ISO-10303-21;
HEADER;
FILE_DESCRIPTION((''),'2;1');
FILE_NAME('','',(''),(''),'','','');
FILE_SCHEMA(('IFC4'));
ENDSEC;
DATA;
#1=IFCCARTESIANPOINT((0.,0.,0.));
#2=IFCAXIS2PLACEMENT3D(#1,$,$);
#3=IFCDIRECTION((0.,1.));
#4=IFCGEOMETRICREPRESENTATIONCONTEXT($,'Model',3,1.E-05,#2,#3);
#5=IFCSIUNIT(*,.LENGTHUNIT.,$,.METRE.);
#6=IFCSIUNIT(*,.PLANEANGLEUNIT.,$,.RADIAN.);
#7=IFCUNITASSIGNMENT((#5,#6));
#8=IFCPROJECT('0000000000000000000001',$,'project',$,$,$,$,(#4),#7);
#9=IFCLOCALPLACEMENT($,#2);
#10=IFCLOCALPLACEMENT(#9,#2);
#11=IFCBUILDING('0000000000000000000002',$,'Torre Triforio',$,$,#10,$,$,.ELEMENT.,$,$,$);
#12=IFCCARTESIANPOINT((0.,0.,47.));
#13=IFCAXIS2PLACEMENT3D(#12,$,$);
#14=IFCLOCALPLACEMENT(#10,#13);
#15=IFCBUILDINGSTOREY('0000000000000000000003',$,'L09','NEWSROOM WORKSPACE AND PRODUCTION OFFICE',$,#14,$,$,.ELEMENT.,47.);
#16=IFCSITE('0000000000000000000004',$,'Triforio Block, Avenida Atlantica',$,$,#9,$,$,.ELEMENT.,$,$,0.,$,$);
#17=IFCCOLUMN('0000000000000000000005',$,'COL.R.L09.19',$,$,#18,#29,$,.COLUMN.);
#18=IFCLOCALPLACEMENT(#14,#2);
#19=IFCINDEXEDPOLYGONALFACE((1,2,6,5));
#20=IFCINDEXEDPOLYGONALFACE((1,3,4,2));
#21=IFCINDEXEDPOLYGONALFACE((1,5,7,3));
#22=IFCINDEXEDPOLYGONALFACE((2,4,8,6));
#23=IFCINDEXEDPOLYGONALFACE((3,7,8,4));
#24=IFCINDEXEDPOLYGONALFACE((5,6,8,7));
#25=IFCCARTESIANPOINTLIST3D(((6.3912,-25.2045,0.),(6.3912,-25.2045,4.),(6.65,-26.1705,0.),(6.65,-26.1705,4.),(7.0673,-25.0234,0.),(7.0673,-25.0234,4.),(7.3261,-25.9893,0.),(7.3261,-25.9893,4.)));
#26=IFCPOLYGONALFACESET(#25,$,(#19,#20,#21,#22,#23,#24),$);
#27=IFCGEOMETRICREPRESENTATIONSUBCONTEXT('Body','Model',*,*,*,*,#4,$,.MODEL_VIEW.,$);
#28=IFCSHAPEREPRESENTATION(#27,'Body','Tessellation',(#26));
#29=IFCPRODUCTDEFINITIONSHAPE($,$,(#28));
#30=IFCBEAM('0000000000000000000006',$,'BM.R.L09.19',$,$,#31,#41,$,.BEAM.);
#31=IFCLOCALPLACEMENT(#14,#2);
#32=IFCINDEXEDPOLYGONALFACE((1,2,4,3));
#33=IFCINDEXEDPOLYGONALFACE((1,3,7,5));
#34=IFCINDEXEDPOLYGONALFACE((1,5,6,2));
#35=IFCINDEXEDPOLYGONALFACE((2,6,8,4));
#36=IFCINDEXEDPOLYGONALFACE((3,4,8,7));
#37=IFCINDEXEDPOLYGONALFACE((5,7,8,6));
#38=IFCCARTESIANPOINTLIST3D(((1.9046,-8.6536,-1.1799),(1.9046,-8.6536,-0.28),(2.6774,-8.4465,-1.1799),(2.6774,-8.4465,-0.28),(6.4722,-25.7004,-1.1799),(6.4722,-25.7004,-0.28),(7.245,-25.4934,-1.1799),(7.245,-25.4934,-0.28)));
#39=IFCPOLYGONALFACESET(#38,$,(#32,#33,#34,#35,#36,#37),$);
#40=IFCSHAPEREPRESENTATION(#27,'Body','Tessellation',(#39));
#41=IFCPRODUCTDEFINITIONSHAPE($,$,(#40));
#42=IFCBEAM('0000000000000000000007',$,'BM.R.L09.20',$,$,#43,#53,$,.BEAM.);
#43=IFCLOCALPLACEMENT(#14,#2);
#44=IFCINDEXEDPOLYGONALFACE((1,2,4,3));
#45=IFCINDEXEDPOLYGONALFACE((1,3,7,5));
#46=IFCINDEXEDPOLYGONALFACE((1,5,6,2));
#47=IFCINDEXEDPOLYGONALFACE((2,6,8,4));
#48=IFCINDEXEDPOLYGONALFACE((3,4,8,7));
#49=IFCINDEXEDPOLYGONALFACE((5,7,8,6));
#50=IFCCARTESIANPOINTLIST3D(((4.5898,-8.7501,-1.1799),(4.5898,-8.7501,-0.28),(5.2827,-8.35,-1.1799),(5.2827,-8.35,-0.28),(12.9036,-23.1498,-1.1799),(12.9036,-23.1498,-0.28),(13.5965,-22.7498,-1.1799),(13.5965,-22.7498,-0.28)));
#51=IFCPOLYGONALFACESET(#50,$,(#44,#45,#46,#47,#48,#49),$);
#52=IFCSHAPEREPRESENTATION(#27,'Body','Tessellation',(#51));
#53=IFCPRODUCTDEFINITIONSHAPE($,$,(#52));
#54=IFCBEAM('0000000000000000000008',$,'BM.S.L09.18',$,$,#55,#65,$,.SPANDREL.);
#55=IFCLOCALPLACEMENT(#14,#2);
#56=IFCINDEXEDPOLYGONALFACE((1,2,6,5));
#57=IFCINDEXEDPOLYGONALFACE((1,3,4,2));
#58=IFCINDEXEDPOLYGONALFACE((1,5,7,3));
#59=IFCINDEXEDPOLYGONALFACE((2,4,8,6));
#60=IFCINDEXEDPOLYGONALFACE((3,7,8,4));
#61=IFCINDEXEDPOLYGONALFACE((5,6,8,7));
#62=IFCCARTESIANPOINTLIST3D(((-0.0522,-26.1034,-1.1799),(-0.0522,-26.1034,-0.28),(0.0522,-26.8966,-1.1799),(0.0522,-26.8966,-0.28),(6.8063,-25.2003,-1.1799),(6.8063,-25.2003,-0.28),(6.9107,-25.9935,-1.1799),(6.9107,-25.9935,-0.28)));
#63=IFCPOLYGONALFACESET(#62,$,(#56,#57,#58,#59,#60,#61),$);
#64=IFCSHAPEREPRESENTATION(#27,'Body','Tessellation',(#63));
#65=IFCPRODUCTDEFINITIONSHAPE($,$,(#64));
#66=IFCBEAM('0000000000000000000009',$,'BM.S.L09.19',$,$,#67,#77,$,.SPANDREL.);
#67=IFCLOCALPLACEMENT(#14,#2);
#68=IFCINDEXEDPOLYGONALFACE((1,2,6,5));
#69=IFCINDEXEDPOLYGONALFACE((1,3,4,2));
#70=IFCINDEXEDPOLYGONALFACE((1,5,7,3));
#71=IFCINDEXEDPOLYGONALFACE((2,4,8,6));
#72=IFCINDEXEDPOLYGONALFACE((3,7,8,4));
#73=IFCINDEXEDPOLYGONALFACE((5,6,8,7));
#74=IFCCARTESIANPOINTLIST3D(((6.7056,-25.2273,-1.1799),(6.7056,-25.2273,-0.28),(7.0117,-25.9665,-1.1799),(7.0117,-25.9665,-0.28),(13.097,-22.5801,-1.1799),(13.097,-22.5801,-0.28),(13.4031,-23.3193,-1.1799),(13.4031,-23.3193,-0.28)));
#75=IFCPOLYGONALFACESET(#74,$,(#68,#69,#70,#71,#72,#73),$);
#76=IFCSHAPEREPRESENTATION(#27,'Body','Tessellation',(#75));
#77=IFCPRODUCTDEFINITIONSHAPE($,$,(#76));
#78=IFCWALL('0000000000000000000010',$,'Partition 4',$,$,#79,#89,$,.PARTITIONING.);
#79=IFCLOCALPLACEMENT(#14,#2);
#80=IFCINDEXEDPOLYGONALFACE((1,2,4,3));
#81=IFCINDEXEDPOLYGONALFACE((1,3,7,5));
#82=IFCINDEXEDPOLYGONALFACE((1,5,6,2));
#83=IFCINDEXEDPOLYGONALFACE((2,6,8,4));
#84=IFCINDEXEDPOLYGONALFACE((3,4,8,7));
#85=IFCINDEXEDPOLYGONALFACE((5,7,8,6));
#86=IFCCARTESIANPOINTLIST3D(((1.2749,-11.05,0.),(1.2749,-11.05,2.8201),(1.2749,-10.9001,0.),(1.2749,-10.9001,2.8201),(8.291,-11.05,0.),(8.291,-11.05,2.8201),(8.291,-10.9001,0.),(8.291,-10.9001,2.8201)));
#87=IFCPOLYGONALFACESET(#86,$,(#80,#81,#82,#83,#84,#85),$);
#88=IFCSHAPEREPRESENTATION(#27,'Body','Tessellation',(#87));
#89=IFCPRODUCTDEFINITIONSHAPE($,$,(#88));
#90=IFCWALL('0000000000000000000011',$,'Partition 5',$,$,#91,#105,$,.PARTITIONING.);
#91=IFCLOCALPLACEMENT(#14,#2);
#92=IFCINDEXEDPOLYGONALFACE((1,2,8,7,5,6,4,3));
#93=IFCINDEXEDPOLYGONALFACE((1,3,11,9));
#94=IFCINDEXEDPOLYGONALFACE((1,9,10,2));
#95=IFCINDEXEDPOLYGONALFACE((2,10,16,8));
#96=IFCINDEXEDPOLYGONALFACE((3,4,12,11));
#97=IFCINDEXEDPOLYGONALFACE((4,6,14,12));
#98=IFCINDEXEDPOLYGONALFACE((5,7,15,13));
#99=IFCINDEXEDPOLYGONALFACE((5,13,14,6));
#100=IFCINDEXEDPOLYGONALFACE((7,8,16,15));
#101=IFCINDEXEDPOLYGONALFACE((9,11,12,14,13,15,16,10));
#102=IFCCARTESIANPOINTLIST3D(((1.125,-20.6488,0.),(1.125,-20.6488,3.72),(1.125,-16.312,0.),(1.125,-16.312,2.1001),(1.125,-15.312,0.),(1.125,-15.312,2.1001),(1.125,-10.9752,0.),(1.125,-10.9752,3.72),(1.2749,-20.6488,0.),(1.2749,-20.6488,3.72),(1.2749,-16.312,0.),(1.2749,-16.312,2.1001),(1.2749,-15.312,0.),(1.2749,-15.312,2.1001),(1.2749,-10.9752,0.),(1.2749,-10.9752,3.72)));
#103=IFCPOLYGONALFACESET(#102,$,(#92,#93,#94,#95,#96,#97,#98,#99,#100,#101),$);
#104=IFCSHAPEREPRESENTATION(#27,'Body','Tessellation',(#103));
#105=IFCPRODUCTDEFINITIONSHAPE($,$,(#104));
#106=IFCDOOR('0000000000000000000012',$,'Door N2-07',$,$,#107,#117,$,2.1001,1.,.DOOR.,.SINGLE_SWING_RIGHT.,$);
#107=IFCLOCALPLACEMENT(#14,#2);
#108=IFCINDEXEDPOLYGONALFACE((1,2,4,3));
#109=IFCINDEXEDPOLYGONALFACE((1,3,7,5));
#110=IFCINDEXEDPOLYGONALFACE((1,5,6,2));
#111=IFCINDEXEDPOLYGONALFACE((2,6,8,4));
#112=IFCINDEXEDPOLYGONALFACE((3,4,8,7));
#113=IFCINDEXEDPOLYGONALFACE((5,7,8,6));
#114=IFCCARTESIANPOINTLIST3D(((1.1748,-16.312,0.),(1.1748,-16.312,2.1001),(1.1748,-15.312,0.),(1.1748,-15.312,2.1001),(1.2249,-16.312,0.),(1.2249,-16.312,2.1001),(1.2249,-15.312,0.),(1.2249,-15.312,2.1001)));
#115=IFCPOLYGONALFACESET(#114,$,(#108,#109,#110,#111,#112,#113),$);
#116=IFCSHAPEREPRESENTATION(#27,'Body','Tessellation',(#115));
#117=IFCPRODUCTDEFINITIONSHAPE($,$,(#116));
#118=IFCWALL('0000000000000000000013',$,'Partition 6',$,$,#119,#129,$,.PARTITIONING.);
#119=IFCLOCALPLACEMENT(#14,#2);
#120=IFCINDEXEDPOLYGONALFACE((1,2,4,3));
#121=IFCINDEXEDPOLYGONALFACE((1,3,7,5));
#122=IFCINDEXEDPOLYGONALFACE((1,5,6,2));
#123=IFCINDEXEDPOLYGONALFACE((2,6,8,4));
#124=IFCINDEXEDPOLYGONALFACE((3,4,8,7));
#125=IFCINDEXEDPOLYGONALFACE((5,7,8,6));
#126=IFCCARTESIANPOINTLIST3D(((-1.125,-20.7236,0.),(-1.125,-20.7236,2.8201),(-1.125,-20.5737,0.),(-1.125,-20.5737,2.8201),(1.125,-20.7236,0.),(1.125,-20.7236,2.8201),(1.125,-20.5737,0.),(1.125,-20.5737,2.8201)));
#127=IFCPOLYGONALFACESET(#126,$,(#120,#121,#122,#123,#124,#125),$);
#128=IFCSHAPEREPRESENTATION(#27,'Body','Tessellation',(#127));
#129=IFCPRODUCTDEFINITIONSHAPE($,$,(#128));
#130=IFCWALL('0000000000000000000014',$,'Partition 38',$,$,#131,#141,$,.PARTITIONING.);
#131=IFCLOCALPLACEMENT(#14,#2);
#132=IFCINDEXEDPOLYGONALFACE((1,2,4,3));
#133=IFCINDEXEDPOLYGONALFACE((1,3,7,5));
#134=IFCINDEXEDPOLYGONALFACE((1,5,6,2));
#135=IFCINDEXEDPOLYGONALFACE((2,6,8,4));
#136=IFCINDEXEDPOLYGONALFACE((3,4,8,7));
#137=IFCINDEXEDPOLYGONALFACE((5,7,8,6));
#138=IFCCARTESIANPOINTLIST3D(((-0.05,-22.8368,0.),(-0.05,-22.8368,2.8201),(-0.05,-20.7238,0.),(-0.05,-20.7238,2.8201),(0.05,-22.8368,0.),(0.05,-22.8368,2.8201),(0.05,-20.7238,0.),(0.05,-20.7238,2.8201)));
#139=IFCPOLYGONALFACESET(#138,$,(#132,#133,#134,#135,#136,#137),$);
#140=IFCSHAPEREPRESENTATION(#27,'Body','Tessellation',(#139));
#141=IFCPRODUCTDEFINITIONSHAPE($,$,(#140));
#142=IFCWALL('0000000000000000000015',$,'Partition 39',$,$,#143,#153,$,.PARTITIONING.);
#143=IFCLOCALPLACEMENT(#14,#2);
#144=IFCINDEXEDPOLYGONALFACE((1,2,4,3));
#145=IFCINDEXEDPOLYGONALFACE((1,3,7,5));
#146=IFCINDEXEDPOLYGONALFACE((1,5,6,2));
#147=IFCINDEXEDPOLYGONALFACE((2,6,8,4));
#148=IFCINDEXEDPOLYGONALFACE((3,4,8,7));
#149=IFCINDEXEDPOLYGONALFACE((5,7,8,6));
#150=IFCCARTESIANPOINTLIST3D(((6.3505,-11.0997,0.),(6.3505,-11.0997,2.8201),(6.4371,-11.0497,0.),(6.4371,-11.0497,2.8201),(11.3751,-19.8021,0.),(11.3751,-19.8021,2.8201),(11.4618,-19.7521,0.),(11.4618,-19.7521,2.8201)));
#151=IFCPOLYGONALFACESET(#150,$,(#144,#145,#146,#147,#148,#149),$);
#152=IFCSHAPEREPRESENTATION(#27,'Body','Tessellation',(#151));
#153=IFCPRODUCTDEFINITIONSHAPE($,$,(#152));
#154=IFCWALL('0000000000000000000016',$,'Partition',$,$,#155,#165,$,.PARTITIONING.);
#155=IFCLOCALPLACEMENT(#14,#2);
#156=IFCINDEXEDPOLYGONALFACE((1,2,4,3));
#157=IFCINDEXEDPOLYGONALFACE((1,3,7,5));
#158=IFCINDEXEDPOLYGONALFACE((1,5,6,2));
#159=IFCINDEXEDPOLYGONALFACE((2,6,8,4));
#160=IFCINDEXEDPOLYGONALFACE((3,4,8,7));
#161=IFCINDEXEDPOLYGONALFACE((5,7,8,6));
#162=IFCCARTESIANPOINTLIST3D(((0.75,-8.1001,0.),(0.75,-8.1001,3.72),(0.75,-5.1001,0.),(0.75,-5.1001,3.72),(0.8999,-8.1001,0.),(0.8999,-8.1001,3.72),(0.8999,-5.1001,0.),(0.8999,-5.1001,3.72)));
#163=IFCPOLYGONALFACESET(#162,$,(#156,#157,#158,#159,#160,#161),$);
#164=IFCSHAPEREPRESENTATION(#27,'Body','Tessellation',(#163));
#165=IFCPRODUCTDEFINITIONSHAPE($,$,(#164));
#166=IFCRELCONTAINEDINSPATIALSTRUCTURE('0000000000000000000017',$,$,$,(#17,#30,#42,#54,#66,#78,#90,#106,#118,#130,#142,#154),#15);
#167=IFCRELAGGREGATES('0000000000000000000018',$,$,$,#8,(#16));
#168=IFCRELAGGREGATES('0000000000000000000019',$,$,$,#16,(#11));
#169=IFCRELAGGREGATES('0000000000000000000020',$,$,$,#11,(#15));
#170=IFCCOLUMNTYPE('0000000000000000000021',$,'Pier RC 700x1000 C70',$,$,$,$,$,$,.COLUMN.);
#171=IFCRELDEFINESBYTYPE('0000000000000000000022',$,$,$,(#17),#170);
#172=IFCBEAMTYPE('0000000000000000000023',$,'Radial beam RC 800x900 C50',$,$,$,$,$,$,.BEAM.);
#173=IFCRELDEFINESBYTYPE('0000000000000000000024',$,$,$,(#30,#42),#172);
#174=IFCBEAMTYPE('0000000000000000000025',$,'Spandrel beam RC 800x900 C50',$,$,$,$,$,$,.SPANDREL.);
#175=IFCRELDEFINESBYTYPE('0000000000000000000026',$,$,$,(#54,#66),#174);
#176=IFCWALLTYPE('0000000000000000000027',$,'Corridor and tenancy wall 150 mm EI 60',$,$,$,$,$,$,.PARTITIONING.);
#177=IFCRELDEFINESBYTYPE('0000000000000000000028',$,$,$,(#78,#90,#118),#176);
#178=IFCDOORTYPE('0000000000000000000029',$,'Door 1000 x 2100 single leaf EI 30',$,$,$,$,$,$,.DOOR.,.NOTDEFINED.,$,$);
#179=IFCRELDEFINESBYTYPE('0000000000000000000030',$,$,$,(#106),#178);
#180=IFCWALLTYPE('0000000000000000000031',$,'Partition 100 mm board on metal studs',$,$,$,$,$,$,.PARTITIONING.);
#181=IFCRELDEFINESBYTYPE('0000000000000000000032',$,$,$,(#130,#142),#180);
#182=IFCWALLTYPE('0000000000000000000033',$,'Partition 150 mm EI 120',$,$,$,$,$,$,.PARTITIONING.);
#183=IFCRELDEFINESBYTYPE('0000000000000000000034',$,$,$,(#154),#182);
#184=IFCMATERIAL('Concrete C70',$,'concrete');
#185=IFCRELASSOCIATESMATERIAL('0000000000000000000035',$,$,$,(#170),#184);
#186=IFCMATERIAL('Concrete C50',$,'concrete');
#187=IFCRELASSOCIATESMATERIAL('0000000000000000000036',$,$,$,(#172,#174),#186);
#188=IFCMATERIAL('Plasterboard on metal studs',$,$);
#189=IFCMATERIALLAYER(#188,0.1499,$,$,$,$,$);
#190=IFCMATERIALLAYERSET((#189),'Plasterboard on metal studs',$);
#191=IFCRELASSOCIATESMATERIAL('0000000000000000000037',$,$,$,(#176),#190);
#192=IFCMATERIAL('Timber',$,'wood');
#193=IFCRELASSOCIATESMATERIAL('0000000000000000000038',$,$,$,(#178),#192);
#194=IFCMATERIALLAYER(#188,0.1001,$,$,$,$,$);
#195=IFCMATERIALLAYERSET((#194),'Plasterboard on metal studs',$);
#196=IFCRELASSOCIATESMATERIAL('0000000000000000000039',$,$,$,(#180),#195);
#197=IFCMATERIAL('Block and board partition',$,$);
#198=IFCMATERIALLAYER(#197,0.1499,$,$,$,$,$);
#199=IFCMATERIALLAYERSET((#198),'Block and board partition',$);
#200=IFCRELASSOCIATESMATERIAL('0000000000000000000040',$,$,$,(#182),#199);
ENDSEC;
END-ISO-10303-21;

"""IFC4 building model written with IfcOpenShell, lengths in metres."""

from ifc_helpers import new_model, si_unit, direction, frame, frame_2d, origin, origin_2d, place, context, subcontext, project, spatial, rectangle, extrude, material, layer, layer_set, material_profile, profile_set, type_object, element, fill, save


model = new_model("IFC4")

# Units and contexts
model_context = context("Model", 3, precision=1e-05, world=origin(), true_north=direction((0.0, 1.0)))
body_context = subcontext(model_context, "Body", "Model", "MODEL_VIEW")
ifc_project = project(units=[si_unit("LENGTHUNIT", "METRE"), si_unit("PLANEANGLEUNIT", "RADIAN")], contexts=[model_context])

# Site, building, storey
site_placement = place(None, origin())
site = spatial("IfcSite", under=ifc_project, at=site_placement, Name="Triforio Block, Avenida Atlantica", CompositionType="ELEMENT", RefElevation=0.0)
building_placement = place(site_placement, origin())
building = spatial("IfcBuilding", under=site, at=building_placement, Name="Torre Triforio", CompositionType="ELEMENT")
storey_placement = place(building_placement, frame((0.0, 0.0, 47.0)))
storey = spatial("IfcBuildingStorey", under=building, at=storey_placement, Name="L09", Description="NEWSROOM WORKSPACE AND PRODUCTION OFFICE", CompositionType="ELEMENT", Elevation=47.0)

# Column
ifc_material_1 = material(Name="Concrete C70", Category="concrete")
ifc_material_profile_1 = material_profile(ifc_material_1, rectangle(XDim=0.7, YDim=1.0, at=origin_2d()), Name="RC 700x1000")
ifc_profile_set_1 = profile_set([ifc_material_profile_1], Name="Concrete C70")
column_type = type_object("IfcColumnType", Name="Pier RC 700x1000 C70", PredefinedType="COLUMN", material=ifc_profile_set_1)
column_placement = place(storey_placement, frame((6.8586, -25.5969, 0.0), z_axis=(0.0, 0.0, 1.0), x_axis=(0.965926, 0.258819, 0.0)))
element("IfcColumn", 1, at=column_placement, inside=storey, type_object=column_type, Name="COL.R.L09.19", PredefinedType="COLUMN", context=body_context, shape_type="SweptSolid", body=[
    extrude(rectangle(XDim=0.7, YDim=1.0, at=origin_2d()), origin(), (0.0, 0.0, 1.0), 4.0),
])

# Beams
ifc_material_2 = material(Name="Concrete C50", Category="concrete")
ifc_material_profile_2 = material_profile(ifc_material_2, rectangle(XDim=0.8, YDim=0.8999, at=origin_2d()), Name="RC 800x900")
ifc_profile_set_2 = profile_set([ifc_material_profile_2], Name="Concrete C50")
beam_type_1 = type_object("IfcBeamType", Name="Radial beam RC 800x900 C50", PredefinedType="BEAM", material=ifc_profile_set_2)
beam_1_placement = place(storey_placement, frame((2.291, -8.55, -0.73), z_axis=(0.258815, -0.965927, 0.0), x_axis=(0.965927, 0.258815, 0.0)))
element("IfcBeam", 2, at=beam_1_placement, inside=storey, type_object=beam_type_1, Name="BM.R.L09.19", PredefinedType="BEAM", context=body_context, shape_type="SweptSolid", body=[
    extrude(rectangle(XDim=0.8, YDim=0.8999, at=origin_2d()), origin(), (0.0, 0.0, 1.0), 17.6482),
])
beam_2_placement = place(storey_placement, frame((4.9363, -8.55, -0.73), z_axis=(0.500003, -0.866023, 0.0), x_axis=(0.866023, 0.500003, 0.0)))
element("IfcBeam", 3, at=beam_2_placement, inside=storey, type_object=beam_type_1, Name="BM.R.L09.20", PredefinedType="BEAM", context=body_context, shape_type="SweptSolid", body=[
    extrude(rectangle(XDim=0.8, YDim=0.8999, at=origin_2d()), origin(), (0.0, 0.0, 1.0), 16.6274),
])
ifc_material_profile_3 = material_profile(ifc_material_2, rectangle(XDim=0.8, YDim=0.8999, at=origin_2d()), Name="RC 800x900")
ifc_profile_set_3 = profile_set([ifc_material_profile_3], Name="Concrete C50")
beam_type_2 = type_object("IfcBeamType", Name="Spandrel beam RC 800x900 C50", PredefinedType="SPANDREL", material=ifc_profile_set_3)
beam_3_placement = place(storey_placement, frame((0.0, -26.5, -0.73), z_axis=(0.991443, 0.130543, 0.0), x_axis=(-0.130543, 0.991443, 0.0)))
element("IfcBeam", 4, at=beam_3_placement, inside=storey, type_object=beam_type_2, Name="BM.S.L09.18", PredefinedType="SPANDREL", context=body_context, shape_type="SweptSolid", body=[
    extrude(rectangle(XDim=0.8, YDim=0.8999, at=origin_2d()), origin(), (0.0, 0.0, 1.0), 6.9177),
])
beam_4_placement = place(storey_placement, frame((6.8586, -25.5969, -0.73), z_axis=(0.923888, 0.382662, 0.0), x_axis=(-0.382662, 0.923888, 0.0)))
element("IfcBeam", 5, at=beam_4_placement, inside=storey, type_object=beam_type_2, Name="BM.S.L09.19", PredefinedType="SPANDREL", context=body_context, shape_type="SweptSolid", body=[
    extrude(rectangle(XDim=0.8, YDim=0.8999, at=origin_2d()), origin(), (0.0, 0.0, 1.0), 6.918),
])

# Wall
ifc_material_3 = material(Name="Plasterboard on metal studs")
ifc_layer_1 = layer(ifc_material_3, 0.1499)
ifc_layer_set_1 = layer_set([ifc_layer_1], Name="Plasterboard on metal studs")
wall_type_1 = type_object("IfcWallType", Name="Corridor and tenancy wall 150 mm EI 60", PredefinedType="PARTITIONING", material=ifc_layer_set_1)
wall_1_placement = place(storey_placement, frame((8.291, -10.9751, 0.0), z_axis=(0.0, 0.0, 1.0), x_axis=(-1.0, 0.0, 0.0)))
element("IfcWall", 6, at=wall_1_placement, inside=storey, type_object=wall_type_1, Name="Partition 4", PredefinedType="PARTITIONING", context=body_context, shape_type="SweptSolid", body=[
    extrude(rectangle(XDim=7.0161, YDim=0.1499, at=frame_2d((3.5081, 0.0))), origin(), (0.0, 0.0, 1.0), 2.8201),
])

# Wall, opening, door
wall_2_placement = place(storey_placement, frame((1.2, -10.9751, 0.0), z_axis=(0.0, 0.0, 1.0), x_axis=(0.0, -1.0, 0.0)))
wall_2 = element("IfcWall", 7, at=wall_2_placement, inside=storey, type_object=wall_type_1, Name="Partition 5", PredefinedType="PARTITIONING", context=body_context, shape_type="SweptSolid", body=[
    extrude(rectangle(XDim=9.6736, YDim=0.1499, at=frame_2d((4.8369, 0.0))), origin(), (0.0, 0.0, 1.0), 3.72),
])
opening_1_placement = place(wall_2_placement, frame((4.3369, 0.0, 0.0)))
opening_1 = element("IfcOpeningElement", 8, at=opening_1_placement, cuts=wall_2, PredefinedType="OPENING", context=body_context, shape_type="SweptSolid", body=[
    extrude(rectangle(XDim=1.0, YDim=2.1001, at=frame_2d((0.5, 1.05))), frame((0.0, 0.085, 0.0), z_axis=(0.0, -1.0, 0.0), x_axis=(1.0, 0.0, 0.0)), (0.0, 0.0, 1.0), 0.1699),
])
ifc_material_4 = material(Name="Timber", Category="wood")
door_type_1 = type_object("IfcDoorType", Name="Door 1000 x 2100 single leaf EI 30", OperationType="NOTDEFINED", PredefinedType="DOOR", material=ifc_material_4)
door_1_placement = place(opening_1_placement, origin())
door_1 = element("IfcDoor", 9, at=door_1_placement, inside=storey, type_object=door_type_1, Name="Door N2-07", OperationType="SINGLE_SWING_RIGHT", OverallHeight=2.1001, OverallWidth=1.0, PredefinedType="DOOR", context=body_context, shape_type="SweptSolid", body=[
    extrude(rectangle(XDim=1.0, YDim=2.1001, at=frame_2d((0.5, 1.05))), frame((0.0, 0.0249, 0.0), z_axis=(0.0, -1.0, 0.0), x_axis=(1.0, 0.0, 0.0)), (0.0, 0.0, 1.0), 0.05),
])
fill(opening_1, door_1)

# Walls
wall_3_placement = place(storey_placement, frame((1.125, -20.6487, 0.0), z_axis=(0.0, 0.0, 1.0), x_axis=(-1.0, 0.0, 0.0)))
element("IfcWall", 10, at=wall_3_placement, inside=storey, type_object=wall_type_1, Name="Partition 6", PredefinedType="PARTITIONING", context=body_context, shape_type="SweptSolid", body=[
    extrude(rectangle(XDim=2.25, YDim=0.1499, at=frame_2d((1.125, 0.0))), origin(), (0.0, 0.0, 1.0), 2.8201),
])
ifc_layer_2 = layer(ifc_material_3, 0.1001)
ifc_layer_set_2 = layer_set([ifc_layer_2], Name="Plasterboard on metal studs")
wall_type_2 = type_object("IfcWallType", Name="Partition 100 mm board on metal studs", PredefinedType="PARTITIONING", material=ifc_layer_set_2)
wall_4_placement = place(storey_placement, frame((0.0, -20.7236, 0.0), z_axis=(0.0, 0.0, 1.0), x_axis=(0.0, -1.0, 0.0)))
element("IfcWall", 11, at=wall_4_placement, inside=storey, type_object=wall_type_2, Name="Partition 38", PredefinedType="PARTITIONING", context=body_context, shape_type="SweptSolid", body=[
    extrude(rectangle(XDim=2.113, YDim=0.1001, at=frame_2d((1.0566, 0.0))), origin(), (0.0, 0.0, 1.0), 2.8201),
])
wall_5_placement = place(storey_placement, frame((6.3938, -11.0747, 0.0), z_axis=(0.0, 0.0, 1.0), x_axis=(0.500025, -0.866011, 0.0)))
element("IfcWall", 12, at=wall_5_placement, inside=storey, type_object=wall_type_2, Name="Partition 39", PredefinedType="PARTITIONING", context=body_context, shape_type="SweptSolid", body=[
    extrude(rectangle(XDim=10.0488, YDim=0.1001, at=frame_2d((5.0244, 0.0))), origin(), (0.0, 0.0, 1.0), 2.8201),
])
ifc_material_5 = material(Name="Block and board partition")
ifc_layer_3 = layer(ifc_material_5, 0.1499)
ifc_layer_set_3 = layer_set([ifc_layer_3], Name="Block and board partition")
wall_type_3 = type_object("IfcWallType", Name="Partition 150 mm EI 120", PredefinedType="PARTITIONING", material=ifc_layer_set_3)
wall_6_placement = place(storey_placement, frame((0.825, -8.1001, 0.0), z_axis=(0.0, 0.0, 1.0), x_axis=(0.0, 1.0, 0.0)))
element("IfcWall", 13, at=wall_6_placement, inside=storey, type_object=wall_type_3, Name="Partition", PredefinedType="PARTITIONING", context=body_context, shape_type="SweptSolid", body=[
    extrude(rectangle(XDim=3.0, YDim=0.1499, at=frame_2d((1.5, 0.0))), origin(), (0.0, 0.0, 1.0), 3.72),
])

save(model, "model.ifc")
